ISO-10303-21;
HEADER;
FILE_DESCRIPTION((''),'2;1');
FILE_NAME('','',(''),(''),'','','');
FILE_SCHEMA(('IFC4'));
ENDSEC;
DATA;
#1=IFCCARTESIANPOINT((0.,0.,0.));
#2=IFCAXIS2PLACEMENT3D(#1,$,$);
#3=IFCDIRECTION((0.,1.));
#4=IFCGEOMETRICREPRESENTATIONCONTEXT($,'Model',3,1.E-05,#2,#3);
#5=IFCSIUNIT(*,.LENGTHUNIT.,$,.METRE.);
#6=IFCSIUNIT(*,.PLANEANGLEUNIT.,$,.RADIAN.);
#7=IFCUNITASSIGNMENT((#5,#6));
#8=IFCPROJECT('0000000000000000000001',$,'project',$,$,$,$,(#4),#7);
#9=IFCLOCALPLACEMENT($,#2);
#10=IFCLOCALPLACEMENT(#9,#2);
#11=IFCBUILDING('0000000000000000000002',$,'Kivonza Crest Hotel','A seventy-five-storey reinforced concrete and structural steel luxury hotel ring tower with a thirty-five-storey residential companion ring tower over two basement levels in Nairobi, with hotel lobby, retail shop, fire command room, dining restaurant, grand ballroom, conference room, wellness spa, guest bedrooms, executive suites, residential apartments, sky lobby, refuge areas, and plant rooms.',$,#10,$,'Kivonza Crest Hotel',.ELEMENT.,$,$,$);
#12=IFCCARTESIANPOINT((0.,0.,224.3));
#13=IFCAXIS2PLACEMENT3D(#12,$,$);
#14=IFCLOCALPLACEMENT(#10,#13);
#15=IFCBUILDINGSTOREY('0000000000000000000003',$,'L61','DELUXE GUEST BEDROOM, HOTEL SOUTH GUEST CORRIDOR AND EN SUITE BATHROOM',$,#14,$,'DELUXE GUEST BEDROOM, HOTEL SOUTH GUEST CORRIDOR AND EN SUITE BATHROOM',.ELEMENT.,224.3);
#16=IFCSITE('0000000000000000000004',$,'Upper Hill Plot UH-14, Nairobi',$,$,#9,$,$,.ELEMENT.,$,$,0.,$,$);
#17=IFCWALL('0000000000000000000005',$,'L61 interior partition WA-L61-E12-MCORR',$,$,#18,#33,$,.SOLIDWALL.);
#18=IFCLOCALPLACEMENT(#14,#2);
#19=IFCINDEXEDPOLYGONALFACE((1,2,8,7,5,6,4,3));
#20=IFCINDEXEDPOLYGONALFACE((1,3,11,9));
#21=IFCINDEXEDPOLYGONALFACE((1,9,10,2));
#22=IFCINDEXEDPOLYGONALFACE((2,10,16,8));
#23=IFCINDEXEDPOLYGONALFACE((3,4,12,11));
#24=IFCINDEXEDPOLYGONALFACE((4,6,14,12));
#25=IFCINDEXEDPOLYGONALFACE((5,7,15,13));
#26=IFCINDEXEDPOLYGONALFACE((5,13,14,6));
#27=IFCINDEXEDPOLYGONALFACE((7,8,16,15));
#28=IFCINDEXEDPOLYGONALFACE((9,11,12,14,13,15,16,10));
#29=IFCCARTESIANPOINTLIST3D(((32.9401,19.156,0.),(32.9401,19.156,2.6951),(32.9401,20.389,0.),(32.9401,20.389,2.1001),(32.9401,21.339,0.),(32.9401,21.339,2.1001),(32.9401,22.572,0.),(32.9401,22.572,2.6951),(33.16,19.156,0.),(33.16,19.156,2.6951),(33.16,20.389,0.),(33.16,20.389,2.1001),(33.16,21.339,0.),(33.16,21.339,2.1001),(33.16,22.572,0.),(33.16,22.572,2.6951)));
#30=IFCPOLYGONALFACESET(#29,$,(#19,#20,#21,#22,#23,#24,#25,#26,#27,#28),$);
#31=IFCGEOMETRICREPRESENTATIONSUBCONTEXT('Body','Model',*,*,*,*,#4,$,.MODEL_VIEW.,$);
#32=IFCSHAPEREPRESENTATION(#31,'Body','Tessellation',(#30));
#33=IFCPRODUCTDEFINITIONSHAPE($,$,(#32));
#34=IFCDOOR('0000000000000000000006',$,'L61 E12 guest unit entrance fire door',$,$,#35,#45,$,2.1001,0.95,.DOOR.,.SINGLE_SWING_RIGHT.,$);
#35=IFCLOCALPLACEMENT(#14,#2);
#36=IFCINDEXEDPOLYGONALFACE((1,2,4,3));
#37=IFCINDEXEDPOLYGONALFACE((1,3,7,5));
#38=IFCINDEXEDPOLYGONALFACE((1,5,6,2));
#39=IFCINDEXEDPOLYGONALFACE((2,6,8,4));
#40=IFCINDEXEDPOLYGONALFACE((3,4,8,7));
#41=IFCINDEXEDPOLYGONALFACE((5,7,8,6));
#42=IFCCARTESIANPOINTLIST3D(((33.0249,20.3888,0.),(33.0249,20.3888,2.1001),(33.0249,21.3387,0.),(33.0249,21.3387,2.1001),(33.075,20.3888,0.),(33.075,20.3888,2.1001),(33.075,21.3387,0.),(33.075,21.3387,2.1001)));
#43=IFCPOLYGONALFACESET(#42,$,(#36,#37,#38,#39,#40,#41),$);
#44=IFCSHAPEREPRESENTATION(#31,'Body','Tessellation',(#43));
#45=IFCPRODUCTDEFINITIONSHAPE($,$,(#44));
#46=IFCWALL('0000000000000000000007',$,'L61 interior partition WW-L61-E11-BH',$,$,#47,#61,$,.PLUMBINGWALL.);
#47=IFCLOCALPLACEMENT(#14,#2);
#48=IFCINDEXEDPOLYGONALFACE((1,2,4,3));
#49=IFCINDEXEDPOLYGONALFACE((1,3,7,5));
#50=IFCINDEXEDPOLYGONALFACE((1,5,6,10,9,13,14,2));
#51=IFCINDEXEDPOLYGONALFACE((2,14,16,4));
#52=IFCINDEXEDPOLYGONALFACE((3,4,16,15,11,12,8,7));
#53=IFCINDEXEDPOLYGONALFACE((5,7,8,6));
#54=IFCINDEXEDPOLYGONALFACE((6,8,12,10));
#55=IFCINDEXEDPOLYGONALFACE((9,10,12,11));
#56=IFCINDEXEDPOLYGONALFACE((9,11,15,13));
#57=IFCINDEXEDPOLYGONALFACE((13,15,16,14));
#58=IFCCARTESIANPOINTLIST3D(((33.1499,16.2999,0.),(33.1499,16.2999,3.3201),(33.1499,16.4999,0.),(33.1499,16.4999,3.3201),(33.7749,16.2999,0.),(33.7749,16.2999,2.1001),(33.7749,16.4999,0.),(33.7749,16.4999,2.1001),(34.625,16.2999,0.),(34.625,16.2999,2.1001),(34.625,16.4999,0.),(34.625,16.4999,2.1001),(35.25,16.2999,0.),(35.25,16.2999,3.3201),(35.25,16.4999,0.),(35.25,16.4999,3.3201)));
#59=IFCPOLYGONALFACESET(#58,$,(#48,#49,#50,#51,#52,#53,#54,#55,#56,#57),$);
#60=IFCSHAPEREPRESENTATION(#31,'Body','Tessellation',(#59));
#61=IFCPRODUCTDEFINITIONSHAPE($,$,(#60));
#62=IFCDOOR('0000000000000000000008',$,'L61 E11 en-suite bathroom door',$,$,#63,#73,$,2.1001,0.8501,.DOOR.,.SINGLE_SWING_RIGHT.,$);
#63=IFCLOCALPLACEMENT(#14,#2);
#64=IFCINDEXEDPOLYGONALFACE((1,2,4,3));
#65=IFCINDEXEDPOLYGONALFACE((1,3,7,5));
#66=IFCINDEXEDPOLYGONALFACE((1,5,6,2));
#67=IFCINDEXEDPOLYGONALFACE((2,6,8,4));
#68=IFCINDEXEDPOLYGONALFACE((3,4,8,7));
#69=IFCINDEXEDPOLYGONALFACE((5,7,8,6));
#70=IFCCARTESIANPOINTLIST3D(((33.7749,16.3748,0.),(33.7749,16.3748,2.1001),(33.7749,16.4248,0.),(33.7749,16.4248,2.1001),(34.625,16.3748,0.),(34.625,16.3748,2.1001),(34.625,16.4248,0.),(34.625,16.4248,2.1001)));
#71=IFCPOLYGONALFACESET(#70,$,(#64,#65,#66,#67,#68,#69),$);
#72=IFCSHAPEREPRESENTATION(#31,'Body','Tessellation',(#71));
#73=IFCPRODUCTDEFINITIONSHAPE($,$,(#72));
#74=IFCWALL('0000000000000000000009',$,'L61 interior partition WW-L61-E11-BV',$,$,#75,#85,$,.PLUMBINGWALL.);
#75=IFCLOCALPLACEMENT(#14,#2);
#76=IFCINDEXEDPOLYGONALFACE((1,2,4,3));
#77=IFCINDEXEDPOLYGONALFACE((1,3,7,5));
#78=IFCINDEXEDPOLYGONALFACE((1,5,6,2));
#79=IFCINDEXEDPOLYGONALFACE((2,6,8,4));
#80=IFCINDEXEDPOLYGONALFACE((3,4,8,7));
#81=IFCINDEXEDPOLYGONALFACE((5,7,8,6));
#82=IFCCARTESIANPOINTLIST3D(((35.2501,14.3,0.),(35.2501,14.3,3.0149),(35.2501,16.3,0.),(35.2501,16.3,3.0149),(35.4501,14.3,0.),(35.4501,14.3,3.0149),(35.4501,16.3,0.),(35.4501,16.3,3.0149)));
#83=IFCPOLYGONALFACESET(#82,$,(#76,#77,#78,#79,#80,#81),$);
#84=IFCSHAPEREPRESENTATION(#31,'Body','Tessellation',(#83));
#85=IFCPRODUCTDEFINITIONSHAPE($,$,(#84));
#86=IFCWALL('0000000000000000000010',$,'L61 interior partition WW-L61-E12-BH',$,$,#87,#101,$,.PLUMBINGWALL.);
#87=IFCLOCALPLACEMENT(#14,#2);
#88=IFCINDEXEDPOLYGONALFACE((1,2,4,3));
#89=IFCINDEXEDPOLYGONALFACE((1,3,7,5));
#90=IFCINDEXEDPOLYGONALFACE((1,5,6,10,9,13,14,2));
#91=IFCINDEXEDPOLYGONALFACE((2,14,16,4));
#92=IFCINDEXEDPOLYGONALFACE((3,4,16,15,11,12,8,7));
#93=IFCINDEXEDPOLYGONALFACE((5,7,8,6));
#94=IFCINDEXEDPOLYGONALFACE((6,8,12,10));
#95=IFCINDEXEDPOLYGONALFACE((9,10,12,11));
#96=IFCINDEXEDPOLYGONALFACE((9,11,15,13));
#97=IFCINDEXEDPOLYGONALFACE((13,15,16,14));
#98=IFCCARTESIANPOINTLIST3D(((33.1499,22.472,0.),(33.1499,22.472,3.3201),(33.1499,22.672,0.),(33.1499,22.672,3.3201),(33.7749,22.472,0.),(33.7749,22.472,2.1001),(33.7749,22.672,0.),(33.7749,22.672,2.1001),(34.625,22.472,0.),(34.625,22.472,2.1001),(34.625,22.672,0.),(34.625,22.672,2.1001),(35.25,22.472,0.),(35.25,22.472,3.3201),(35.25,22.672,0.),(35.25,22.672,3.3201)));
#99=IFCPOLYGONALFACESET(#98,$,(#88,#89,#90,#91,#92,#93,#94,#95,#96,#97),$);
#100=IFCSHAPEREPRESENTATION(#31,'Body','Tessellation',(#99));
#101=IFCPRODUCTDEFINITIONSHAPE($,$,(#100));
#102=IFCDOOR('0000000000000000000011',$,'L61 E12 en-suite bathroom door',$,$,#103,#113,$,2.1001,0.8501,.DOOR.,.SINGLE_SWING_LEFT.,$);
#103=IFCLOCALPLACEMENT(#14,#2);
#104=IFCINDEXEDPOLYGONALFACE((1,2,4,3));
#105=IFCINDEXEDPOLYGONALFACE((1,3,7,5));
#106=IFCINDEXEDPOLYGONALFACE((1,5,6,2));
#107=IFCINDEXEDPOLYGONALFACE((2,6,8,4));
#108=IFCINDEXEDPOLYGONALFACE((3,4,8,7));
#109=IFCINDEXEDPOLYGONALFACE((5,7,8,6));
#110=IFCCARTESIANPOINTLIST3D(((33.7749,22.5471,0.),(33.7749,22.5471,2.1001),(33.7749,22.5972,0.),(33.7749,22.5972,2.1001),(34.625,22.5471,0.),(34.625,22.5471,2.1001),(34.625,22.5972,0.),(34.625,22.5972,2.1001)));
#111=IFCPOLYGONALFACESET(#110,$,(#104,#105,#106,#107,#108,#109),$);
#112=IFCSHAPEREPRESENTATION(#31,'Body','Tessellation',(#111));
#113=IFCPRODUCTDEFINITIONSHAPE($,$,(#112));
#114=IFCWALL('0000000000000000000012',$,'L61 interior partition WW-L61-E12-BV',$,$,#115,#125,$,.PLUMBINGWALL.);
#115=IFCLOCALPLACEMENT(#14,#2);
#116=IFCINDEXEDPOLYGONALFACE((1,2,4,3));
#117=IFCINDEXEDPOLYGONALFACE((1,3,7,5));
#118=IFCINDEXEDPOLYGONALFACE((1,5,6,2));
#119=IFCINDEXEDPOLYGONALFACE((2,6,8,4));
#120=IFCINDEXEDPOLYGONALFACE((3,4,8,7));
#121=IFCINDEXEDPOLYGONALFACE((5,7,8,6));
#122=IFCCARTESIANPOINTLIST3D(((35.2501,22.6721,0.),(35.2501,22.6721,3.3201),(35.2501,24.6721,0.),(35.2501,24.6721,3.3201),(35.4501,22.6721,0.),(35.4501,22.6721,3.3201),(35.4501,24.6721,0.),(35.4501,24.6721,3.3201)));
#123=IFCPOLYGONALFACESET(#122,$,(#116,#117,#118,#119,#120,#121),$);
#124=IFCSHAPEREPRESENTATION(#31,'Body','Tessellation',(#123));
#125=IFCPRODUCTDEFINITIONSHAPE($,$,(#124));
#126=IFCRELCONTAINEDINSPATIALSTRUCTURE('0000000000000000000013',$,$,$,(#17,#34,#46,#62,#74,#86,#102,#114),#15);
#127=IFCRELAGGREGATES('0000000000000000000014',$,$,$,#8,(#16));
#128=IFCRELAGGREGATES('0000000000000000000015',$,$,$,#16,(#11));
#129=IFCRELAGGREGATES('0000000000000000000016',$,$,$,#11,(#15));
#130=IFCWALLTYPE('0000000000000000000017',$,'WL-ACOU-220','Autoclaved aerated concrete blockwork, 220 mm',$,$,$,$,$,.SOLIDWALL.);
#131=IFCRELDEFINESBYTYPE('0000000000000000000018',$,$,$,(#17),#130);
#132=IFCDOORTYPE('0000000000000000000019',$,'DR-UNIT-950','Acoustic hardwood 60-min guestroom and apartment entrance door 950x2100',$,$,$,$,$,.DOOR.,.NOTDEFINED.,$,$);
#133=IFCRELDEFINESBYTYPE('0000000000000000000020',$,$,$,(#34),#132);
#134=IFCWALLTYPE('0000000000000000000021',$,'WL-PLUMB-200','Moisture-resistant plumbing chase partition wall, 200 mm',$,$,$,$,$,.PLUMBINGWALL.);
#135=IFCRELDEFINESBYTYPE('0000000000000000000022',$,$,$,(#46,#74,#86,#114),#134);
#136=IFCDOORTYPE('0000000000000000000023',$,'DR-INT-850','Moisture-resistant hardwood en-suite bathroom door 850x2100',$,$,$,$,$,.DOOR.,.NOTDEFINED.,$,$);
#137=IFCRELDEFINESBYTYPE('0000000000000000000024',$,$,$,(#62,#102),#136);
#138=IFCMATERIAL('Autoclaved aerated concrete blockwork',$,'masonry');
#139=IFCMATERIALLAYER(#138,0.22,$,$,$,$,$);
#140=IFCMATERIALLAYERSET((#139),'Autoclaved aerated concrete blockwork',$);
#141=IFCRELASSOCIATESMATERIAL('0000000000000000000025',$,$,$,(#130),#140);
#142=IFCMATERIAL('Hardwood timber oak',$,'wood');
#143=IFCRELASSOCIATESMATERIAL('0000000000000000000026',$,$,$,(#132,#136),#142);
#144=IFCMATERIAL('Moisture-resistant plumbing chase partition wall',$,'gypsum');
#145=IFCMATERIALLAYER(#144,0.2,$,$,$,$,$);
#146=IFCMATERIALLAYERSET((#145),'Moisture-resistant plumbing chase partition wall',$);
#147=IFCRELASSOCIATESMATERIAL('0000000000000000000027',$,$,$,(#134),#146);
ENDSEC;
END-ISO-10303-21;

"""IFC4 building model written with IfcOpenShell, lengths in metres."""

from ifc_helpers import new_model, si_unit, direction, frame, frame_2d, origin, place, context, subcontext, project, spatial, rectangle, extrude, material, layer, layer_set, type_object, element, fill, save


model = new_model("IFC4")

# Units and contexts
model_context = context("Model", 3, precision=1e-05, world=origin(), true_north=direction((0.0, 1.0)))
body_context = subcontext(model_context, "Body", "Model", "MODEL_VIEW")
ifc_project = project(units=[si_unit("LENGTHUNIT", "METRE"), si_unit("PLANEANGLEUNIT", "RADIAN")], contexts=[model_context])

# Site, building, storey
site_placement = place(None, origin())
site = spatial("IfcSite", under=ifc_project, at=site_placement, Name="Upper Hill Plot UH-14, Nairobi", CompositionType="ELEMENT", RefElevation=0.0)
building_placement = place(site_placement, origin())
building = spatial("IfcBuilding", under=site, at=building_placement, Name="Kivonza Crest Hotel", Description="A seventy-five-storey reinforced concrete and structural steel luxury hotel ring tower with a thirty-five-storey residential companion ring tower over two basement levels in Nairobi, with hotel lobby, retail shop, fire command room, dining restaurant, grand ballroom, conference room, wellness spa, guest bedrooms, executive suites, residential apartments, sky lobby, refuge areas, and plant rooms.", LongName="Kivonza Crest Hotel", CompositionType="ELEMENT")
storey_placement = place(building_placement, frame((0.0, 0.0, 224.3)))
storey = spatial("IfcBuildingStorey", under=building, at=storey_placement, Name="L61", Description="DELUXE GUEST BEDROOM, HOTEL SOUTH GUEST CORRIDOR AND EN SUITE BATHROOM", LongName="DELUXE GUEST BEDROOM, HOTEL SOUTH GUEST CORRIDOR AND EN SUITE BATHROOM", CompositionType="ELEMENT", Elevation=224.3)

# Shared definitions
ifc_material_1 = material(Name="Autoclaved aerated concrete blockwork", Category="masonry")
ifc_layer_1 = layer(ifc_material_1, 0.22)
ifc_layer_set_1 = layer_set([ifc_layer_1], Name="Autoclaved aerated concrete blockwork")
wall_type_1 = type_object("IfcWallType", Name="WL-ACOU-220", Description="Autoclaved aerated concrete blockwork, 220 mm", PredefinedType="SOLIDWALL", material=ifc_layer_set_1)

# Shared definitions
ifc_material_2 = material(Name="Hardwood timber oak", Category="wood")
door_type_1 = type_object("IfcDoorType", Name="DR-UNIT-950", Description="Acoustic hardwood 60-min guestroom and apartment entrance door 950x2100", OperationType="NOTDEFINED", PredefinedType="DOOR", material=ifc_material_2)

# Walls, openings, doors
wall_1_placement = place(storey_placement, frame((33.05, 19.156, 0.0), z_axis=(0.0, 0.0, 1.0), x_axis=(0.0, 1.0, 0.0)))
wall_1 = element("IfcWall", 1, at=wall_1_placement, inside=storey, type_object=wall_type_1, Name="L61 interior partition WA-L61-E12-MCORR", PredefinedType="SOLIDWALL", context=body_context, shape_type="SweptSolid", body=[
    extrude(rectangle(XDim=3.416, YDim=0.22, at=frame_2d((1.708, 0.0))), origin(), (0.0, 0.0, 1.0), 2.6951),
])
opening_1_placement = place(wall_1_placement, frame((1.2329, 0.0, 0.0)))
opening_1 = element("IfcOpeningElement", 2, at=opening_1_placement, cuts=wall_1, PredefinedType="OPENING", context=body_context, shape_type="SweptSolid", body=[
    extrude(rectangle(XDim=0.95, YDim=2.1001, at=frame_2d((0.4751, 1.05))), frame((0.0, 0.1201, 0.0), z_axis=(0.0, -1.0, 0.0), x_axis=(1.0, 0.0, 0.0)), (0.0, 0.0, 1.0), 0.24),
])
door_1_placement = place(opening_1_placement, frame((0.95, 0.0, 0.0), z_axis=(0.0, 0.0, 1.0), x_axis=(-1.0, 0.0, 0.0)))
door_1 = element("IfcDoor", 3, at=door_1_placement, inside=storey, type_object=door_type_1, Name="L61 E12 guest unit entrance fire door", OperationType="SINGLE_SWING_RIGHT", OverallHeight=2.1001, OverallWidth=0.95, PredefinedType="DOOR", context=body_context, shape_type="SweptSolid", body=[
    extrude(rectangle(XDim=0.95, YDim=2.1001, at=frame_2d((0.4751, 1.05))), frame((0.0, 0.0249, 0.0), z_axis=(0.0, -1.0, 0.0), x_axis=(1.0, 0.0, 0.0)), (0.0, 0.0, 1.0), 0.05),
])
fill(opening_1, door_1)
ifc_material_3 = material(Name="Moisture-resistant plumbing chase partition wall", Category="gypsum")
ifc_layer_2 = layer(ifc_material_3, 0.2)
ifc_layer_set_2 = layer_set([ifc_layer_2], Name="Moisture-resistant plumbing chase partition wall")
wall_type_2 = type_object("IfcWallType", Name="WL-PLUMB-200", Description="Moisture-resistant plumbing chase partition wall, 200 mm", PredefinedType="PLUMBINGWALL", material=ifc_layer_set_2)
wall_2_placement = place(storey_placement, frame((33.1499, 16.3999, 0.0), z_axis=(0.0, 0.0, 1.0), x_axis=(1.0, 0.0, 0.0)))
wall_2 = element("IfcWall", 4, at=wall_2_placement, inside=storey, type_object=wall_type_2, Name="L61 interior partition WW-L61-E11-BH", PredefinedType="PLUMBINGWALL", context=body_context, shape_type="SweptSolid", body=[
    extrude(rectangle(XDim=2.1001, YDim=0.2, at=frame_2d((1.05, 0.0))), origin(), (0.0, 0.0, 1.0), 3.3201),
])
opening_2_placement = place(wall_2_placement, frame((0.625, 0.0, 0.0)))
opening_2 = element("IfcOpeningElement", 5, at=opening_2_placement, cuts=wall_2, PredefinedType="OPENING", context=body_context, shape_type="SweptSolid", body=[
    extrude(rectangle(XDim=0.8501, YDim=2.1001, at=frame_2d((0.425, 1.05))), frame((0.0, 0.1099, 0.0), z_axis=(0.0, -1.0, 0.0), x_axis=(1.0, 0.0, 0.0)), (0.0, 0.0, 1.0), 0.22),
])
door_type_2 = type_object("IfcDoorType", Name="DR-INT-850", Description="Moisture-resistant hardwood en-suite bathroom door 850x2100", OperationType="NOTDEFINED", PredefinedType="DOOR", material=ifc_material_2)
door_2_placement = place(opening_2_placement, origin())
door_2 = element("IfcDoor", 6, at=door_2_placement, inside=storey, type_object=door_type_2, Name="L61 E11 en-suite bathroom door", OperationType="SINGLE_SWING_RIGHT", OverallHeight=2.1001, OverallWidth=0.8501, PredefinedType="DOOR", context=body_context, shape_type="SweptSolid", body=[
    extrude(rectangle(XDim=0.8501, YDim=2.1001, at=frame_2d((0.425, 1.05))), frame((0.0, 0.0249, 0.0), z_axis=(0.0, -1.0, 0.0), x_axis=(1.0, 0.0, 0.0)), (0.0, 0.0, 1.0), 0.05),
])
fill(opening_2, door_2)

# Wall
wall_3_placement = place(storey_placement, frame((35.3501, 14.3, 0.0), z_axis=(0.0, 0.0, 1.0), x_axis=(0.0, 1.0, 0.0)))
element("IfcWall", 7, at=wall_3_placement, inside=storey, type_object=wall_type_2, Name="L61 interior partition WW-L61-E11-BV", PredefinedType="PLUMBINGWALL", context=body_context, shape_type="SweptSolid", body=[
    extrude(rectangle(XDim=2.0, YDim=0.2, at=frame_2d((1.0, 0.0))), origin(), (0.0, 0.0, 1.0), 3.0149),
])

# Wall, opening, door
wall_4_placement = place(storey_placement, frame((33.1499, 22.572, 0.0), z_axis=(0.0, 0.0, 1.0), x_axis=(1.0, 0.0, 0.0)))
wall_4 = element("IfcWall", 8, at=wall_4_placement, inside=storey, type_object=wall_type_2, Name="L61 interior partition WW-L61-E12-BH", PredefinedType="PLUMBINGWALL", context=body_context, shape_type="SweptSolid", body=[
    extrude(rectangle(XDim=2.1001, YDim=0.2, at=frame_2d((1.05, 0.0))), origin(), (0.0, 0.0, 1.0), 3.3201),
])
opening_3_placement = place(wall_4_placement, frame((0.625, 0.0, 0.0)))
opening_3 = element("IfcOpeningElement", 9, at=opening_3_placement, cuts=wall_4, PredefinedType="OPENING", context=body_context, shape_type="SweptSolid", body=[
    extrude(rectangle(XDim=0.8501, YDim=2.1001, at=frame_2d((0.425, 1.05))), frame((0.0, 0.1099, 0.0), z_axis=(0.0, -1.0, 0.0), x_axis=(1.0, 0.0, 0.0)), (0.0, 0.0, 1.0), 0.22),
])
door_3_placement = place(opening_3_placement, frame((0.8501, 0.0, 0.0), z_axis=(0.0, 0.0, 1.0), x_axis=(-1.0, 0.0, 0.0)))
door_3 = element("IfcDoor", 10, at=door_3_placement, inside=storey, type_object=door_type_2, Name="L61 E12 en-suite bathroom door", OperationType="SINGLE_SWING_LEFT", OverallHeight=2.1001, OverallWidth=0.8501, PredefinedType="DOOR", context=body_context, shape_type="SweptSolid", body=[
    extrude(rectangle(XDim=0.8501, YDim=2.1001, at=frame_2d((0.425, 1.05))), frame((0.0, 0.0249, 0.0), z_axis=(0.0, -1.0, 0.0), x_axis=(1.0, 0.0, 0.0)), (0.0, 0.0, 1.0), 0.05),
])
fill(opening_3, door_3)

# Wall
wall_5_placement = place(storey_placement, frame((35.3501, 22.6721, 0.0), z_axis=(0.0, 0.0, 1.0), x_axis=(0.0, 1.0, 0.0)))
element("IfcWall", 11, at=wall_5_placement, inside=storey, type_object=wall_type_2, Name="L61 interior partition WW-L61-E12-BV", PredefinedType="PLUMBINGWALL", context=body_context, shape_type="SweptSolid", body=[
    extrude(rectangle(XDim=2.0, YDim=0.2, at=frame_2d((1.0, 0.0))), origin(), (0.0, 0.0, 1.0), 3.3201),
])

save(model, "model.ifc")
